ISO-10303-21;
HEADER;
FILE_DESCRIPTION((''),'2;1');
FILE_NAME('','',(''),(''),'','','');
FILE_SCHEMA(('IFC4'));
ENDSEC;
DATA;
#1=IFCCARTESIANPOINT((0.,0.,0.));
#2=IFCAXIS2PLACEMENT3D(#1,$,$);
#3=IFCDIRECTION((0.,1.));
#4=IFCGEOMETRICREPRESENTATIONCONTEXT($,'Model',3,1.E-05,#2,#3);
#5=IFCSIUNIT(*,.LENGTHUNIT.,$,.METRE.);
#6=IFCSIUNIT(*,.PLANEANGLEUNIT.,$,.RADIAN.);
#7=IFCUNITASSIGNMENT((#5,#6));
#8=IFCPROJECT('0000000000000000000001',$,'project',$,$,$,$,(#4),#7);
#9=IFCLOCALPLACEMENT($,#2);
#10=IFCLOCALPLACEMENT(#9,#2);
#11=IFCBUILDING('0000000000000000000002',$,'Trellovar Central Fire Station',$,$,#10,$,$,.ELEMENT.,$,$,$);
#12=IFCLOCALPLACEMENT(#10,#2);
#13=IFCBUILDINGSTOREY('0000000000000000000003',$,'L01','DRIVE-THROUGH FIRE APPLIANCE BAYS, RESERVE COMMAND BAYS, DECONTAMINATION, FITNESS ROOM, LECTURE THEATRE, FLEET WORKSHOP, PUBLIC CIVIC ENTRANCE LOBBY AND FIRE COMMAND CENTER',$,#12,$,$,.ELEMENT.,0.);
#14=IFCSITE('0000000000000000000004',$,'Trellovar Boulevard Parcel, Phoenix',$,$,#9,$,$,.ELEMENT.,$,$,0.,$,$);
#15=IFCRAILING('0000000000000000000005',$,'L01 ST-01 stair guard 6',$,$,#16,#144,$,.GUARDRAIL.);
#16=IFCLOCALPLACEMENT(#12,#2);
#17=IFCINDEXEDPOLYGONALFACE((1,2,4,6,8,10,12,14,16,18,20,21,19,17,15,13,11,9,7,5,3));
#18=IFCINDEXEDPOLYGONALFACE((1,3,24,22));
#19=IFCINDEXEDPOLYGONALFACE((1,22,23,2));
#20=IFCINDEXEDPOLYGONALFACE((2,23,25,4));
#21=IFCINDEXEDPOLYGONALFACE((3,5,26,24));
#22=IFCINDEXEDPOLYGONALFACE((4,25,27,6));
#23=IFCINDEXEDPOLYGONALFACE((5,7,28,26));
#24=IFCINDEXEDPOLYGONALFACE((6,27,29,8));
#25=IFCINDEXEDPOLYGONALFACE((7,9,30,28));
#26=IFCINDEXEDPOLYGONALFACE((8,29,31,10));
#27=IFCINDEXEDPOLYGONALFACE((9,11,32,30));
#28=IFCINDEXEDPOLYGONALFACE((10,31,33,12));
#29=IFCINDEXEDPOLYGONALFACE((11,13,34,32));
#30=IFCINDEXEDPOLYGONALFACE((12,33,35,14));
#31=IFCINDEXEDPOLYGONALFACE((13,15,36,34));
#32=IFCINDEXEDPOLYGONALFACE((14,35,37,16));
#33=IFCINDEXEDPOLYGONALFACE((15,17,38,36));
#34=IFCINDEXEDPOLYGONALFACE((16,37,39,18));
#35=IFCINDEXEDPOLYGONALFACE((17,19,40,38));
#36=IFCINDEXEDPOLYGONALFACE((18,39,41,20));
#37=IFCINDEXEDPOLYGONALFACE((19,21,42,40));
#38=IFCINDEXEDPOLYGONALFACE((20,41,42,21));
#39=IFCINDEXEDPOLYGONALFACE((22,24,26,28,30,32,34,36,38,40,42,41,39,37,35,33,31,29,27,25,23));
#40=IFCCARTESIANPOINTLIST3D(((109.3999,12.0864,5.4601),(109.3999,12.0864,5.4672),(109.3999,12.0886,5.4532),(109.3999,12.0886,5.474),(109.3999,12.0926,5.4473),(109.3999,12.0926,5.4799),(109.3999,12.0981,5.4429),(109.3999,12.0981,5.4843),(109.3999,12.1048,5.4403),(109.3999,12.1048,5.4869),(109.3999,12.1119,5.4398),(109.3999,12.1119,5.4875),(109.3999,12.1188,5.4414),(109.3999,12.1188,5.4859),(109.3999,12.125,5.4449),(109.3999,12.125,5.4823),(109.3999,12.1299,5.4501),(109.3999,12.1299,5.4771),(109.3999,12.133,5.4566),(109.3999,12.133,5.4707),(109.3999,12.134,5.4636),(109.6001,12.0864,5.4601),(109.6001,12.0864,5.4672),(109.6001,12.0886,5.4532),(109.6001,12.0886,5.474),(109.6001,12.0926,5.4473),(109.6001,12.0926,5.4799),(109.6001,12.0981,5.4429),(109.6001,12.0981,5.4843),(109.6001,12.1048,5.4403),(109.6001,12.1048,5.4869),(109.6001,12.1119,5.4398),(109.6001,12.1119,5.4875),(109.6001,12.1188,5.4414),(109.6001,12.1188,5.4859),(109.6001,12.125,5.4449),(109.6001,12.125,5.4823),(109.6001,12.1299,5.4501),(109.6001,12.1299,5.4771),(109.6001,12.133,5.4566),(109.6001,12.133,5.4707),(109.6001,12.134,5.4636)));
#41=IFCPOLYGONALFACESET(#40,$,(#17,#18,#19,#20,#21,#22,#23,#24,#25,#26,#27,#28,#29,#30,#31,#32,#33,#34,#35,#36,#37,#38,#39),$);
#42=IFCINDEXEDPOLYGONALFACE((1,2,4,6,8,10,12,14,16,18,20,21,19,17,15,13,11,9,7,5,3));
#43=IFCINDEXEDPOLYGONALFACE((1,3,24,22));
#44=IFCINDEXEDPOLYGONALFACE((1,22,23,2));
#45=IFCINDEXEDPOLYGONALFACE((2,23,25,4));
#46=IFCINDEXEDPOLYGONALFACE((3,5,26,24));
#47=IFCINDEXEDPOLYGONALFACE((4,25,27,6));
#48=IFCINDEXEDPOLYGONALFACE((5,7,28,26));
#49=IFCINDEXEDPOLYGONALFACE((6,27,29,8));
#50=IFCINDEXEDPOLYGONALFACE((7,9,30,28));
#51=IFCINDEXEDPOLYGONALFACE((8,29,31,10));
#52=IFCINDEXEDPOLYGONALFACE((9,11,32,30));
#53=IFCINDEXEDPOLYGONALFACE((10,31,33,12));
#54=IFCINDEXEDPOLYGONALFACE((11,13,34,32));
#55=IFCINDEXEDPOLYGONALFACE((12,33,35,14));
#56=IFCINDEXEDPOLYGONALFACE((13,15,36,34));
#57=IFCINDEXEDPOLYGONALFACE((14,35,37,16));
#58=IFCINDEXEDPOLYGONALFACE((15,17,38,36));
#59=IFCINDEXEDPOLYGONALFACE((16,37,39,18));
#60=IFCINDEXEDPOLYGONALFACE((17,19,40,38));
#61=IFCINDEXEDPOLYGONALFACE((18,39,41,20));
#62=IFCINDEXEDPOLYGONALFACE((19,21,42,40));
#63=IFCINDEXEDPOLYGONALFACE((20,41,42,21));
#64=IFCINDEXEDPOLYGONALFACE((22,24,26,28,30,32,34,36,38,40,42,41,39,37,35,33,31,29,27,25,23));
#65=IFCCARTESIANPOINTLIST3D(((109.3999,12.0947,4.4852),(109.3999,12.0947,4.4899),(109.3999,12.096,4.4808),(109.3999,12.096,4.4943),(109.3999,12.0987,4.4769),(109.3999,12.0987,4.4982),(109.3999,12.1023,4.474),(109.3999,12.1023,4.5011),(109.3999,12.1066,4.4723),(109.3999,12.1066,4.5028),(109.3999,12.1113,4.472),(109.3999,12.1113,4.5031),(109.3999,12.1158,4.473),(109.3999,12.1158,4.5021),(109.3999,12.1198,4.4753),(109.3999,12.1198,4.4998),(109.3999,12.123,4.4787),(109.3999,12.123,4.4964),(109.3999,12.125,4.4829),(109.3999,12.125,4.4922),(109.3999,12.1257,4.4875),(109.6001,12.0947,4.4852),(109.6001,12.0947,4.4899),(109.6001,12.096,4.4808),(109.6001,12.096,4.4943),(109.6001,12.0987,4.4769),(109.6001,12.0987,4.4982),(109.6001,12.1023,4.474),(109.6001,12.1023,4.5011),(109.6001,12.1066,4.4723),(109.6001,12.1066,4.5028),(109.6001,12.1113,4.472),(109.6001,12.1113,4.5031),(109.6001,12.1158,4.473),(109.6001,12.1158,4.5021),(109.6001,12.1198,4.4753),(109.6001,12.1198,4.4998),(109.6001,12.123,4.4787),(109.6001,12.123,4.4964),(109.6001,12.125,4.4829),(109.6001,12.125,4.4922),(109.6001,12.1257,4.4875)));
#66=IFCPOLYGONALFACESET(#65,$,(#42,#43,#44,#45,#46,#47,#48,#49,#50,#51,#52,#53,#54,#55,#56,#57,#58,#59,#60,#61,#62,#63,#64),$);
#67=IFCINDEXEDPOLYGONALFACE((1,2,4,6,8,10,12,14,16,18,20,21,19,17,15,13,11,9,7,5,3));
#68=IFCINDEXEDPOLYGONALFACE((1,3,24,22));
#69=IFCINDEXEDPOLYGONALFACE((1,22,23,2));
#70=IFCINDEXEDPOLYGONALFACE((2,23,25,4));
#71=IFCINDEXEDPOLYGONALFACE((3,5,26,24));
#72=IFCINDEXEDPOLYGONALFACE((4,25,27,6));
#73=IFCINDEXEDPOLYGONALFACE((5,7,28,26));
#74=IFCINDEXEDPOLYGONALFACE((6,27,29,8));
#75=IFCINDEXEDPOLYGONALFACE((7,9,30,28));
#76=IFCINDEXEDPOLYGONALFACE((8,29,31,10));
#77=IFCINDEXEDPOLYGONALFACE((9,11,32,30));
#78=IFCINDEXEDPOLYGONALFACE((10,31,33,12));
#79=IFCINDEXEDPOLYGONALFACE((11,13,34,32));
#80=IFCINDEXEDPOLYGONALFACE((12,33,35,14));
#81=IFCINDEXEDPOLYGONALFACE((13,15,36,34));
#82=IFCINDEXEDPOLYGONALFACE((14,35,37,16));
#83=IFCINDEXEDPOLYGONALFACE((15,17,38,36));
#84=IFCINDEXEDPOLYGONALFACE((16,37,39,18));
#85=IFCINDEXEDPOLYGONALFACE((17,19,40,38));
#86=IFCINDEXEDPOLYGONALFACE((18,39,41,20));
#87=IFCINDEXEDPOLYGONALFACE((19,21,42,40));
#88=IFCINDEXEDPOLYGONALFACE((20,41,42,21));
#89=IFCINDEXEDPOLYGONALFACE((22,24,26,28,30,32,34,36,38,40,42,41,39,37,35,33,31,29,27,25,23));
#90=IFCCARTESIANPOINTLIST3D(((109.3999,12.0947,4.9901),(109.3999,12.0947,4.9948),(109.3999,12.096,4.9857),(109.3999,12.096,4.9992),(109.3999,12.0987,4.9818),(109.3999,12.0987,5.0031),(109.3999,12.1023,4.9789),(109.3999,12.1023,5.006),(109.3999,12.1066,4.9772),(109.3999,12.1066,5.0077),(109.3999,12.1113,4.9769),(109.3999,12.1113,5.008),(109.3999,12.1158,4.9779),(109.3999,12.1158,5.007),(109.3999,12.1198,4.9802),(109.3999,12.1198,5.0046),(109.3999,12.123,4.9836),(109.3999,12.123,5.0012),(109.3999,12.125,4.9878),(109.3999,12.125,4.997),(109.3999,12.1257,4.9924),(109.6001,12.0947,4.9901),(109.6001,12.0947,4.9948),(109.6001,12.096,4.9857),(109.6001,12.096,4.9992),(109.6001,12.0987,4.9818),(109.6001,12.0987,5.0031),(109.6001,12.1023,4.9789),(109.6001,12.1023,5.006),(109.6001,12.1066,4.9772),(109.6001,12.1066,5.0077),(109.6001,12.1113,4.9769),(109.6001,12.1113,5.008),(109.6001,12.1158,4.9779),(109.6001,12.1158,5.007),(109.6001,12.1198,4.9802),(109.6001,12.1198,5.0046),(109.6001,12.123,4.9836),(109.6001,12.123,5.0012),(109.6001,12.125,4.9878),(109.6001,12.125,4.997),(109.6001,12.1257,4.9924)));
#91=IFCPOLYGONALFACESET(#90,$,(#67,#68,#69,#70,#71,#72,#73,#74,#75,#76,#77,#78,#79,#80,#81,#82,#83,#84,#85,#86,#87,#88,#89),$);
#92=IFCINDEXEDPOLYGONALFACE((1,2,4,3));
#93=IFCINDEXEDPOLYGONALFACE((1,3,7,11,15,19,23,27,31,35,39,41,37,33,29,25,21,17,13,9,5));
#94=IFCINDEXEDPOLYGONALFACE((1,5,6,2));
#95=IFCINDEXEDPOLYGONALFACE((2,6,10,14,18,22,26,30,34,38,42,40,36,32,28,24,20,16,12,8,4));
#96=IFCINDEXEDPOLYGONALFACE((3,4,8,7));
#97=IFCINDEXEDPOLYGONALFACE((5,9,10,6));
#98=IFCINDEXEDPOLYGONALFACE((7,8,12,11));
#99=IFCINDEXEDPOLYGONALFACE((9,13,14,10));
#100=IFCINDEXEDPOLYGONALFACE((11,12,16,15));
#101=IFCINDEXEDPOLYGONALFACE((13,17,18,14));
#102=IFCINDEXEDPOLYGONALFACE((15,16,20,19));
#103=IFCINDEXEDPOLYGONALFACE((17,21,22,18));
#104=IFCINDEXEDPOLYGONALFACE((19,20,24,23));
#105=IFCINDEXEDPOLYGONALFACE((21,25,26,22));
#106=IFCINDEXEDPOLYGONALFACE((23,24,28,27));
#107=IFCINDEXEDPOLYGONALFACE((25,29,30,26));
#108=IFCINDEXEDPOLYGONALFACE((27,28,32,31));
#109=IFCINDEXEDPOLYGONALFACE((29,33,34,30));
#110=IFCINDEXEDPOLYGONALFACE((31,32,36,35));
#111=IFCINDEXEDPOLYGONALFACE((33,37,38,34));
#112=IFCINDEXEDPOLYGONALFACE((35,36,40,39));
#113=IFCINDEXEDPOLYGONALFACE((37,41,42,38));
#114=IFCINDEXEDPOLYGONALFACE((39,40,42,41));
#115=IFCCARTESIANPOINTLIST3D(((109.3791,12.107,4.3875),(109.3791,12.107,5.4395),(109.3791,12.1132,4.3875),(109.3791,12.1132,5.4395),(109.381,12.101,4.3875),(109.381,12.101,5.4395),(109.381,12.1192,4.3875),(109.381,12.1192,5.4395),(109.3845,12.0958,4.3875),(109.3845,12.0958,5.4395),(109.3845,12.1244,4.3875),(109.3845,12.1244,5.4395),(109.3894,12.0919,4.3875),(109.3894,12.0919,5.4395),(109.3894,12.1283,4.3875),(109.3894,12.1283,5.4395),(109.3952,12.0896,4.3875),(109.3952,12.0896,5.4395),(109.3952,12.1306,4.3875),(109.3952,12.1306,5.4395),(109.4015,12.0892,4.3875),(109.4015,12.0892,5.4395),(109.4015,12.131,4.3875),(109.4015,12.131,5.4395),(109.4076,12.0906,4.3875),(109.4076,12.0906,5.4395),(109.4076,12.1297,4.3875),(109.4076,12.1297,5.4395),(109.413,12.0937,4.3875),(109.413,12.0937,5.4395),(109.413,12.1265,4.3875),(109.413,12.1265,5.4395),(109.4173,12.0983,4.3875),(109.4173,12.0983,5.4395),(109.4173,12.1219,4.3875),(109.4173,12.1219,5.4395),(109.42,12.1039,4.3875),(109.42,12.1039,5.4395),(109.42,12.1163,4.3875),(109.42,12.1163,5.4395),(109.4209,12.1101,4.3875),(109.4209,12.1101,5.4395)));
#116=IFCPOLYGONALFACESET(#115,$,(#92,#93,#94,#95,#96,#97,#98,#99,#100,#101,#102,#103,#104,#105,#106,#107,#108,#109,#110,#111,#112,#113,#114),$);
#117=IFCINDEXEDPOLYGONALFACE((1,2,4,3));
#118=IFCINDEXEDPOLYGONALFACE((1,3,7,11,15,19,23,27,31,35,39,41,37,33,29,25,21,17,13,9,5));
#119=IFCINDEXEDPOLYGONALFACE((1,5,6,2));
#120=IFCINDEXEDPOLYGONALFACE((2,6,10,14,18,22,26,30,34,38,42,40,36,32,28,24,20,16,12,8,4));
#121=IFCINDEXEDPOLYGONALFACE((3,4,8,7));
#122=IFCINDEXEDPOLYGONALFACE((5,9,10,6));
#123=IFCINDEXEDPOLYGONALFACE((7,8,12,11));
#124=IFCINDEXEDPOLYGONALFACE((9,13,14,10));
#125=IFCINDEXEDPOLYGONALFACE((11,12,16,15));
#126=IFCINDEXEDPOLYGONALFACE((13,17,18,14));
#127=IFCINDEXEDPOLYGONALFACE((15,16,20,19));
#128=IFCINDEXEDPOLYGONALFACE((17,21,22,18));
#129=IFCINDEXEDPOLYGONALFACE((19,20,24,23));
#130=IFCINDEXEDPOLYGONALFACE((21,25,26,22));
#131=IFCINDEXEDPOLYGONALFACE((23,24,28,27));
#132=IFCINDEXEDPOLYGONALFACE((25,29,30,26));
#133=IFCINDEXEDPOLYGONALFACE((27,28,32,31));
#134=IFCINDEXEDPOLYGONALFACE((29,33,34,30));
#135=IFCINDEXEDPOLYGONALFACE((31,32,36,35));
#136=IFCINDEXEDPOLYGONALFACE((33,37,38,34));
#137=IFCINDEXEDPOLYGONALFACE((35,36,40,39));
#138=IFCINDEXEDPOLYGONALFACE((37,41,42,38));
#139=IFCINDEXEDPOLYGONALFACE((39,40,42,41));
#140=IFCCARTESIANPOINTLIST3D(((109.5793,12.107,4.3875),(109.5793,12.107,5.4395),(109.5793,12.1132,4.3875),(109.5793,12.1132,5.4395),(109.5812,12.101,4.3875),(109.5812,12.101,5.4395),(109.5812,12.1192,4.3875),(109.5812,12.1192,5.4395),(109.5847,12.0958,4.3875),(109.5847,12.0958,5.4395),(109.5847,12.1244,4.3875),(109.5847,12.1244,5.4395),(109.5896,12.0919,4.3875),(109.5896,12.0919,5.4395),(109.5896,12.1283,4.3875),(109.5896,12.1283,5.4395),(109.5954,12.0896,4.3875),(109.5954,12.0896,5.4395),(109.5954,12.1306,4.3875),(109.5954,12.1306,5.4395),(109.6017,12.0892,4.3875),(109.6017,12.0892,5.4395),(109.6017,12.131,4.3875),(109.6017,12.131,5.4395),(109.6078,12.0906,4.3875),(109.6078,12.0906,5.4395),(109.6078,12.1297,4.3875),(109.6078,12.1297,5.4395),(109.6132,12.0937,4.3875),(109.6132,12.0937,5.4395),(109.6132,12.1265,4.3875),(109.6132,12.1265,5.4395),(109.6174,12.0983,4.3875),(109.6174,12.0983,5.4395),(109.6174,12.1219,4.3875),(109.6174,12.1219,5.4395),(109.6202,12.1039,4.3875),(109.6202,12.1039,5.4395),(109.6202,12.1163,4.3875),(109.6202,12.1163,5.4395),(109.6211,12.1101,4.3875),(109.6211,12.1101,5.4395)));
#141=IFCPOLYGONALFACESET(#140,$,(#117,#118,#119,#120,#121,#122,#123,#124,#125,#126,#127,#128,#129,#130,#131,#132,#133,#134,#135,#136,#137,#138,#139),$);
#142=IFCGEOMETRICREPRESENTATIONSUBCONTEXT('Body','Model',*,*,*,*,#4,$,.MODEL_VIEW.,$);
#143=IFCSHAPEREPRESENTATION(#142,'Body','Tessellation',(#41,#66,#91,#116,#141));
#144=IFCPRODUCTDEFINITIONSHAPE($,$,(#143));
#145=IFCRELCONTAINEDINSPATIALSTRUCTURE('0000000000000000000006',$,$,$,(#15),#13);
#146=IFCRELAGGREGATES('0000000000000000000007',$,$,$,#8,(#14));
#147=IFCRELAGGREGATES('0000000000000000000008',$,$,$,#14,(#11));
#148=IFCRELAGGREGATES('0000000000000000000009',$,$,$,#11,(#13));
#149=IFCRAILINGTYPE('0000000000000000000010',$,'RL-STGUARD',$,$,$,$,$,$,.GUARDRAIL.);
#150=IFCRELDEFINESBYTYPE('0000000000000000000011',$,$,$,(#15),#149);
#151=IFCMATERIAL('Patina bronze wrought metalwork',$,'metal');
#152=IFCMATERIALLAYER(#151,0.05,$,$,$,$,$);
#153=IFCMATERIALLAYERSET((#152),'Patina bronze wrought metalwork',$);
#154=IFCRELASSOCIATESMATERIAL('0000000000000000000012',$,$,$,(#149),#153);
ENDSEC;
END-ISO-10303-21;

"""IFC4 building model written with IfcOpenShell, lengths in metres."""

from ifc_helpers import new_model, si_unit, direction, frame, origin, origin_2d, place, context, subcontext, project, spatial, circle, extrude, material, layer, layer_set, type_object, element, save


model = new_model("IFC4")

# Units and contexts
model_context = context("Model", 3, precision=1e-05, world=origin(), true_north=direction((0.0, 1.0)))
body_context = subcontext(model_context, "Body", "Model", "MODEL_VIEW")
ifc_project = project(units=[si_unit("LENGTHUNIT", "METRE"), si_unit("PLANEANGLEUNIT", "RADIAN")], contexts=[model_context])

# Site, building, storey
site_placement = place(None, origin())
site = spatial("IfcSite", under=ifc_project, at=site_placement, Name="Trellovar Boulevard Parcel, Phoenix", CompositionType="ELEMENT", RefElevation=0.0)
building_placement = place(site_placement, origin())
building = spatial("IfcBuilding", under=site, at=building_placement, Name="Trellovar Central Fire Station", CompositionType="ELEMENT")
storey_placement = place(building_placement, origin())
storey = spatial("IfcBuildingStorey", under=building, at=storey_placement, Name="L01", Description="DRIVE-THROUGH FIRE APPLIANCE BAYS, RESERVE COMMAND BAYS, DECONTAMINATION, FITNESS ROOM, LECTURE THEATRE, FLEET WORKSHOP, PUBLIC CIVIC ENTRANCE LOBBY AND FIRE COMMAND CENTER", CompositionType="ELEMENT", Elevation=0.0)

# Railing
ifc_material_1 = material(Name="Patina bronze wrought metalwork", Category="metal")
ifc_layer_1 = layer(ifc_material_1, 0.05)
ifc_layer_set_1 = layer_set([ifc_layer_1], Name="Patina bronze wrought metalwork")
railing_type_1 = type_object("IfcRailingType", Name="RL-STGUARD", PredefinedType="GUARDRAIL", material=ifc_layer_set_1)
railing_1_placement = place(storey_placement, frame((109.3999, 12.1101, 4.3875)))
element("IfcRailing", 1, at=railing_1_placement, inside=storey, type_object=railing_type_1, Name="L01 ST-01 stair guard 6", PredefinedType="GUARDRAIL", context=body_context, shape_type="SweptSolid", body=[
    extrude(circle(Radius=0.0239, at=origin_2d()), frame((0.0, 0.0, 1.0762), z_axis=(1.0, 0.0, 0.0), x_axis=(0.0, 1.0, 0.0)), (0.0, 0.0, 1.0), 0.2002),
    extrude(circle(Radius=0.0156, at=origin_2d()), frame((0.0, 0.0, 0.1001), z_axis=(1.0, 0.0, 0.0), x_axis=(0.0, 1.0, 0.0)), (0.0, 0.0, 1.0), 0.2002),
    extrude(circle(Radius=0.0156, at=origin_2d()), frame((0.0, 0.0, 0.605), z_axis=(1.0, 0.0, 0.0), x_axis=(0.0, 1.0, 0.0)), (0.0, 0.0, 1.0), 0.2002),
    extrude(circle(Radius=0.021, at=origin_2d()), origin(), (0.0, 0.0, 1.0), 1.052),
    extrude(circle(Radius=0.021, at=origin_2d()), frame((0.2002, 0.0, 0.0)), (0.0, 0.0, 1.0), 1.052),
])

save(model, "model.ifc")
